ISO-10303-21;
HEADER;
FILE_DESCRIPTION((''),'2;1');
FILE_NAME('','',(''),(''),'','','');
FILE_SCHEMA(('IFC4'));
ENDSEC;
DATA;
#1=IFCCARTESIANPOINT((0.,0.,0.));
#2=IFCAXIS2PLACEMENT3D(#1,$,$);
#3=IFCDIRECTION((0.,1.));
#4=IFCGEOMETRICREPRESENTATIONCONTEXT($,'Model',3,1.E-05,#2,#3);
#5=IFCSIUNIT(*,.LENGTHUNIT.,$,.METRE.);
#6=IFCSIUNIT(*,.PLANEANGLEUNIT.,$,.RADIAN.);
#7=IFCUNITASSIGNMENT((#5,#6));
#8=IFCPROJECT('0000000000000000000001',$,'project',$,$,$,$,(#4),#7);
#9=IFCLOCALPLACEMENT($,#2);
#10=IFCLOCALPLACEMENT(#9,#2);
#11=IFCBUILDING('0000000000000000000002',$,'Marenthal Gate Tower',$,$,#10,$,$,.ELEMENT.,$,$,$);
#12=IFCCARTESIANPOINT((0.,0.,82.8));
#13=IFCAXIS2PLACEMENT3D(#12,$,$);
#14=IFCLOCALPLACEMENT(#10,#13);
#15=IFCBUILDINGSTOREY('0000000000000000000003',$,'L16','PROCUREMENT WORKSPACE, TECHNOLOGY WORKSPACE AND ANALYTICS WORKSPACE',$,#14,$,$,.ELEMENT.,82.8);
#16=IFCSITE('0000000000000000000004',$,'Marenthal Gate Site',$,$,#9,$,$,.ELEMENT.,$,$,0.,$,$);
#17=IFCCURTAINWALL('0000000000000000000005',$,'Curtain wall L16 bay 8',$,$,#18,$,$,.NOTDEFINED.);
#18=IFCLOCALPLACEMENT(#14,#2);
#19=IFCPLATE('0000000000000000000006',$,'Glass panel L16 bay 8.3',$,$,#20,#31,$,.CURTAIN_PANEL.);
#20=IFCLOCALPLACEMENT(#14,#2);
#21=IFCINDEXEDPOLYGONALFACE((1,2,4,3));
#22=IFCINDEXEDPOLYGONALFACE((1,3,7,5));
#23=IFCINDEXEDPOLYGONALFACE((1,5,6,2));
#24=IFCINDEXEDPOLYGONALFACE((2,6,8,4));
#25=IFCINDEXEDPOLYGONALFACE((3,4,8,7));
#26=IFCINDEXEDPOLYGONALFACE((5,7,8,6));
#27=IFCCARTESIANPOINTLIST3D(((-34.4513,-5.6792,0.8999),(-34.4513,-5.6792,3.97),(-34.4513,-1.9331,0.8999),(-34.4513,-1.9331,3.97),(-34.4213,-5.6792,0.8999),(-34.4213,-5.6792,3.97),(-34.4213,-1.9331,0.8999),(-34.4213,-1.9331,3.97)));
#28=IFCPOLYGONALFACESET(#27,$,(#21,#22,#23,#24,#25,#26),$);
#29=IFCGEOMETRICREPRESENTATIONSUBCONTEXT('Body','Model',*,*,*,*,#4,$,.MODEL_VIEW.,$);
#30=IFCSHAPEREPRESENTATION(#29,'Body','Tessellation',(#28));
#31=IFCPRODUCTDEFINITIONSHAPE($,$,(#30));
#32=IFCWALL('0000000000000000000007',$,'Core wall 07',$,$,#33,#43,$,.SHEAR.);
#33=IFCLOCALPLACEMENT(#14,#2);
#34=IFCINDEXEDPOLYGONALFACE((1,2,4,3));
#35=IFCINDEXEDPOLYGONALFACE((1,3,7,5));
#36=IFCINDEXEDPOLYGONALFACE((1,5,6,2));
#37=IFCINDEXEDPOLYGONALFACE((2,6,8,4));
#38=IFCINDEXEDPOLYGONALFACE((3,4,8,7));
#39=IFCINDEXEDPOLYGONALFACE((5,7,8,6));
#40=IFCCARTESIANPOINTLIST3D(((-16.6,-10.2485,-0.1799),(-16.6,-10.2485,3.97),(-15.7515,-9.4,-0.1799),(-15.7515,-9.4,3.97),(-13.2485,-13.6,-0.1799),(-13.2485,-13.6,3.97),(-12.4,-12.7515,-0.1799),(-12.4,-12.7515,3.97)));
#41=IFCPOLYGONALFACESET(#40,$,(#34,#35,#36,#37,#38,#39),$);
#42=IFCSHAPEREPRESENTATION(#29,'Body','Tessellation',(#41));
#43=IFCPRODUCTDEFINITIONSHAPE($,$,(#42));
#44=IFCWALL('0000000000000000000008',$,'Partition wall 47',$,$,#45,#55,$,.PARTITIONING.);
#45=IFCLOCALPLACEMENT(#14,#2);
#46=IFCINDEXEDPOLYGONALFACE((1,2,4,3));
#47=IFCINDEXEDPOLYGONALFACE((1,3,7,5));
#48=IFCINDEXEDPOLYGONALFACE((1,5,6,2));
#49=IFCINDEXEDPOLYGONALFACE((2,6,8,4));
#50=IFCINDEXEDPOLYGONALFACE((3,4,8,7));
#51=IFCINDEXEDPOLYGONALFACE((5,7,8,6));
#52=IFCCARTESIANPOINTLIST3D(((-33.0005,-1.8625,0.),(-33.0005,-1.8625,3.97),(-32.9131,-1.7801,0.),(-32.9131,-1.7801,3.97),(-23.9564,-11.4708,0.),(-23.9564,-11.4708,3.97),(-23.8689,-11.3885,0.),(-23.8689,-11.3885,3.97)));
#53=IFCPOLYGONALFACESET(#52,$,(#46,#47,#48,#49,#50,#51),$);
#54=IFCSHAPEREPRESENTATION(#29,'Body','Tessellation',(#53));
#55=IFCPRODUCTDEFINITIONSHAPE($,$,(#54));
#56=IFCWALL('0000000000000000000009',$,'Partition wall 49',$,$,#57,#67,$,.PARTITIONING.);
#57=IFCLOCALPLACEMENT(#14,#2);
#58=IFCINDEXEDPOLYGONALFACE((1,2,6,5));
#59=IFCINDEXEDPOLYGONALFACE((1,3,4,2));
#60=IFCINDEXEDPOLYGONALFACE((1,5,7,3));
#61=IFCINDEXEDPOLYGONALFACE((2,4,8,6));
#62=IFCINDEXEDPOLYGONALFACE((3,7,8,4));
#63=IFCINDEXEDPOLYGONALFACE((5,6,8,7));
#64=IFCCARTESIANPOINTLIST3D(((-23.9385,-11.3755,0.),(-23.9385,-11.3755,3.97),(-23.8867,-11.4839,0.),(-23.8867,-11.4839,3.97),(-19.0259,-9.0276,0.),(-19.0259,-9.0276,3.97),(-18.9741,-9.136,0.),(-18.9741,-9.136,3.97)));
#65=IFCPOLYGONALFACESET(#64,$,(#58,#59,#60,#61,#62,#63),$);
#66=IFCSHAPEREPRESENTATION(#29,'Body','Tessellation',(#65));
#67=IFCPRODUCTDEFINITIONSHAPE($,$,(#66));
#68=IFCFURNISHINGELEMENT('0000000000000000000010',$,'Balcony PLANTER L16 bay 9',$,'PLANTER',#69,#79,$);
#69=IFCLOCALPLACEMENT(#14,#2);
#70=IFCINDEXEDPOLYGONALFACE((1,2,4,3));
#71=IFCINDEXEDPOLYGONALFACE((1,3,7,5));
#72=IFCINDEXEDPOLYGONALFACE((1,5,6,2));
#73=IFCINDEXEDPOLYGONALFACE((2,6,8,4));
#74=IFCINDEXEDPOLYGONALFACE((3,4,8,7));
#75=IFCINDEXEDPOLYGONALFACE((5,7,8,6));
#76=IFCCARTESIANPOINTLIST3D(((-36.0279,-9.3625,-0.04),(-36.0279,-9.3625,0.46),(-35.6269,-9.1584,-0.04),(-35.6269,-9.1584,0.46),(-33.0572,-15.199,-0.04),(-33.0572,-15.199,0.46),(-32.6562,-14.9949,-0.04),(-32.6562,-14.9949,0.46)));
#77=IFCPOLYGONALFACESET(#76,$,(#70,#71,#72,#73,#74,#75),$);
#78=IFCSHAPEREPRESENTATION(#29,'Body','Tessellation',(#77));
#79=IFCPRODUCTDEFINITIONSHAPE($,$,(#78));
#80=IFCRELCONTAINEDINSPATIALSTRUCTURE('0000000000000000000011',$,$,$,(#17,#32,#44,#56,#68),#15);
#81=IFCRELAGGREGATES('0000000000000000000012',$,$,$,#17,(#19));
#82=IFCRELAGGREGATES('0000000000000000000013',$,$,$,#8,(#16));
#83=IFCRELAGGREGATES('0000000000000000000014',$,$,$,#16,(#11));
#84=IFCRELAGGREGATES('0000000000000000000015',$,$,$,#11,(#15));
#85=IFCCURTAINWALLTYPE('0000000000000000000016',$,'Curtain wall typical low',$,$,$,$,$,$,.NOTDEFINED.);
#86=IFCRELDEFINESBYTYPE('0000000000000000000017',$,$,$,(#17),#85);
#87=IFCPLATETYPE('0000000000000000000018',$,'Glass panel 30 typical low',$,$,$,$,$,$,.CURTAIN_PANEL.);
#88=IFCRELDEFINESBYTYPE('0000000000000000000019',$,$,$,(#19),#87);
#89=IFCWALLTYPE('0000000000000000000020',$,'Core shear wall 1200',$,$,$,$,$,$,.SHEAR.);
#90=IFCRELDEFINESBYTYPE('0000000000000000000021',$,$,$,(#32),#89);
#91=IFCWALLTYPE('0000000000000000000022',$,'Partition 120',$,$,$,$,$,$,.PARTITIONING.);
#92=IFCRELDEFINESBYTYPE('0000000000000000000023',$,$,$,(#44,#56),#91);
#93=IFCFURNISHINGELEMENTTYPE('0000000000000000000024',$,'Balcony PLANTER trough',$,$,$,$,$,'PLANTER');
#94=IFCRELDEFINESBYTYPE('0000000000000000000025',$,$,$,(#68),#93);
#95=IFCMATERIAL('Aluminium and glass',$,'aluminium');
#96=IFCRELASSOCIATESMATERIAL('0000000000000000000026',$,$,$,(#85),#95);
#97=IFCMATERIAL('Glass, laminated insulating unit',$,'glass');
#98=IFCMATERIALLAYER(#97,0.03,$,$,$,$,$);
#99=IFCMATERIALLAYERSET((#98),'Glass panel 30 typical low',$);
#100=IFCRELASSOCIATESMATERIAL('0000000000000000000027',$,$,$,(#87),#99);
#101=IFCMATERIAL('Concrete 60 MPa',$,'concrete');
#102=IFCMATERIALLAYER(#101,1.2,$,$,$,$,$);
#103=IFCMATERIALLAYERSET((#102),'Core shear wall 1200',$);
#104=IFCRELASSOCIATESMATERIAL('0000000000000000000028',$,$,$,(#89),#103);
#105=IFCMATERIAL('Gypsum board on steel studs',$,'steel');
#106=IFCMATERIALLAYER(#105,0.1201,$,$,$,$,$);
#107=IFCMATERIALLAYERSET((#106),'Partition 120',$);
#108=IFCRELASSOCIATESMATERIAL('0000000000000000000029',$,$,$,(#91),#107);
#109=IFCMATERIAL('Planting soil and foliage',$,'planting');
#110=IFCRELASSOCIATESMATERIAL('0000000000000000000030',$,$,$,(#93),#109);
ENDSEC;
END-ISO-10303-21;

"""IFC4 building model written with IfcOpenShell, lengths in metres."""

from ifc_helpers import new_model, si_unit, direction, frame, frame_2d, origin, origin_2d, place, context, subcontext, project, spatial, rectangle, extrude, material, layer, layer_set, type_object, element, aggregate, save


model = new_model("IFC4")

# Units and contexts
model_context = context("Model", 3, precision=1e-05, world=origin(), true_north=direction((0.0, 1.0)))
body_context = subcontext(model_context, "Body", "Model", "MODEL_VIEW")
ifc_project = project(units=[si_unit("LENGTHUNIT", "METRE"), si_unit("PLANEANGLEUNIT", "RADIAN")], contexts=[model_context])

# Site, building, storey
site_placement = place(None, origin())
site = spatial("IfcSite", under=ifc_project, at=site_placement, Name="Marenthal Gate Site", CompositionType="ELEMENT", RefElevation=0.0)
building_placement = place(site_placement, origin())
building = spatial("IfcBuilding", under=site, at=building_placement, Name="Marenthal Gate Tower", CompositionType="ELEMENT")
storey_placement = place(building_placement, frame((0.0, 0.0, 82.8)))
storey = spatial("IfcBuildingStorey", under=building, at=storey_placement, Name="L16", Description="PROCUREMENT WORKSPACE, TECHNOLOGY WORKSPACE AND ANALYTICS WORKSPACE", CompositionType="ELEMENT", Elevation=82.8)

# Curtain wall
ifc_material_1 = material(Name="Aluminium and glass", Category="aluminium")
curtain_wall_type = type_object("IfcCurtainWallType", Name="Curtain wall typical low", PredefinedType="NOTDEFINED", material=ifc_material_1)
curtain_wall_placement = place(storey_placement, origin())
curtain_wall = element("IfcCurtainWall", 1, at=curtain_wall_placement, inside=storey, type_object=curtain_wall_type, Name="Curtain wall L16 bay 8", PredefinedType="NOTDEFINED")

# Plate
ifc_material_2 = material(Name="Glass, laminated insulating unit", Category="glass")
ifc_layer_1 = layer(ifc_material_2, 0.03)
ifc_layer_set_1 = layer_set([ifc_layer_1], Name="Glass panel 30 typical low")
plate_type = type_object("IfcPlateType", Name="Glass panel 30 typical low", PredefinedType="CURTAIN_PANEL", material=ifc_layer_set_1)
plate_placement = place(storey_placement, frame((-34.4363, -3.8062, 0.8999), z_axis=(0.0, 0.0, 1.0), x_axis=(0.0, -1.0, 0.0)))
plate = element("IfcPlate", 2, at=plate_placement, type_object=plate_type, Name="Glass panel L16 bay 8.3", PredefinedType="CURTAIN_PANEL", context=body_context, shape_type="SweptSolid", body=[
    extrude(rectangle(XDim=3.7461, YDim=0.03, at=origin_2d()), origin(), (0.0, 0.0, 1.0), 3.0701),
])
aggregate(curtain_wall, [plate])

# Walls
ifc_material_3 = material(Name="Concrete 60 MPa", Category="concrete")
ifc_layer_2 = layer(ifc_material_3, 1.2)
ifc_layer_set_2 = layer_set([ifc_layer_2], Name="Core shear wall 1200")
wall_type_1 = type_object("IfcWallType", Name="Core shear wall 1200", PredefinedType="SHEAR", material=ifc_layer_set_2)
wall_1_placement = place(storey_placement, frame((-16.1758, -9.8242, -0.1799), z_axis=(0.0, 0.0, 1.0), x_axis=(0.707107, -0.707107, 0.0)))
element("IfcWall", 3, at=wall_1_placement, inside=storey, type_object=wall_type_1, Name="Core wall 07", PredefinedType="SHEAR", context=body_context, shape_type="SweptSolid", body=[
    extrude(rectangle(XDim=4.7397, YDim=1.2, at=frame_2d((2.3699, 0.0))), origin(), (0.0, 0.0, 1.0), 4.1499),
])
ifc_material_4 = material(Name="Gypsum board on steel studs", Category="steel")
ifc_layer_3 = layer(ifc_material_4, 0.1201)
ifc_layer_set_3 = layer_set([ifc_layer_3], Name="Partition 120")
wall_type_2 = type_object("IfcWallType", Name="Partition 120", PredefinedType="PARTITIONING", material=ifc_layer_set_3)
wall_2_placement = place(storey_placement, frame((-32.9568, -1.8213, 0.0), z_axis=(0.0, 0.0, 1.0), x_axis=(0.685405, -0.728163, 0.0)))
element("IfcWall", 4, at=wall_2_placement, inside=storey, type_object=wall_type_2, Name="Partition wall 47", PredefinedType="PARTITIONING", context=body_context, shape_type="SweptSolid", body=[
    extrude(rectangle(XDim=13.1953, YDim=0.1201, at=frame_2d((6.5977, 0.0))), origin(), (0.0, 0.0, 1.0), 3.97),
])
wall_3_placement = place(storey_placement, frame((-23.9126, -11.4297, 0.0), z_axis=(0.0, 0.0, 1.0), x_axis=(0.902249, 0.431216, 0.0)))
element("IfcWall", 5, at=wall_3_placement, inside=storey, type_object=wall_type_2, Name="Partition wall 49", PredefinedType="PARTITIONING", context=body_context, shape_type="SweptSolid", body=[
    extrude(rectangle(XDim=5.4448, YDim=0.1201, at=frame_2d((2.7224, 0.0))), origin(), (0.0, 0.0, 1.0), 3.97),
])

# Furnishing element
ifc_material_5 = material(Name="Planting soil and foliage", Category="planting")
furnishing_element_type = type_object("IfcFurnishingElementType", Name="Balcony PLANTER trough", ElementType="PLANTER", material=ifc_material_5)
furnishing_placement = place(storey_placement, frame((-34.342, -12.1787, -0.04), z_axis=(0.0, 0.0, 1.0), x_axis=(0.453616, -0.891197, 0.0)))
element("IfcFurnishingElement", 6, at=furnishing_placement, inside=storey, type_object=furnishing_element_type, Name="Balcony PLANTER L16 bay 9", ObjectType="PLANTER", context=body_context, shape_type="SweptSolid", body=[
    extrude(rectangle(XDim=6.5491, YDim=0.45, at=origin_2d()), origin(), (0.0, 0.0, 1.0), 0.5),
])

save(model, "model.ifc")
